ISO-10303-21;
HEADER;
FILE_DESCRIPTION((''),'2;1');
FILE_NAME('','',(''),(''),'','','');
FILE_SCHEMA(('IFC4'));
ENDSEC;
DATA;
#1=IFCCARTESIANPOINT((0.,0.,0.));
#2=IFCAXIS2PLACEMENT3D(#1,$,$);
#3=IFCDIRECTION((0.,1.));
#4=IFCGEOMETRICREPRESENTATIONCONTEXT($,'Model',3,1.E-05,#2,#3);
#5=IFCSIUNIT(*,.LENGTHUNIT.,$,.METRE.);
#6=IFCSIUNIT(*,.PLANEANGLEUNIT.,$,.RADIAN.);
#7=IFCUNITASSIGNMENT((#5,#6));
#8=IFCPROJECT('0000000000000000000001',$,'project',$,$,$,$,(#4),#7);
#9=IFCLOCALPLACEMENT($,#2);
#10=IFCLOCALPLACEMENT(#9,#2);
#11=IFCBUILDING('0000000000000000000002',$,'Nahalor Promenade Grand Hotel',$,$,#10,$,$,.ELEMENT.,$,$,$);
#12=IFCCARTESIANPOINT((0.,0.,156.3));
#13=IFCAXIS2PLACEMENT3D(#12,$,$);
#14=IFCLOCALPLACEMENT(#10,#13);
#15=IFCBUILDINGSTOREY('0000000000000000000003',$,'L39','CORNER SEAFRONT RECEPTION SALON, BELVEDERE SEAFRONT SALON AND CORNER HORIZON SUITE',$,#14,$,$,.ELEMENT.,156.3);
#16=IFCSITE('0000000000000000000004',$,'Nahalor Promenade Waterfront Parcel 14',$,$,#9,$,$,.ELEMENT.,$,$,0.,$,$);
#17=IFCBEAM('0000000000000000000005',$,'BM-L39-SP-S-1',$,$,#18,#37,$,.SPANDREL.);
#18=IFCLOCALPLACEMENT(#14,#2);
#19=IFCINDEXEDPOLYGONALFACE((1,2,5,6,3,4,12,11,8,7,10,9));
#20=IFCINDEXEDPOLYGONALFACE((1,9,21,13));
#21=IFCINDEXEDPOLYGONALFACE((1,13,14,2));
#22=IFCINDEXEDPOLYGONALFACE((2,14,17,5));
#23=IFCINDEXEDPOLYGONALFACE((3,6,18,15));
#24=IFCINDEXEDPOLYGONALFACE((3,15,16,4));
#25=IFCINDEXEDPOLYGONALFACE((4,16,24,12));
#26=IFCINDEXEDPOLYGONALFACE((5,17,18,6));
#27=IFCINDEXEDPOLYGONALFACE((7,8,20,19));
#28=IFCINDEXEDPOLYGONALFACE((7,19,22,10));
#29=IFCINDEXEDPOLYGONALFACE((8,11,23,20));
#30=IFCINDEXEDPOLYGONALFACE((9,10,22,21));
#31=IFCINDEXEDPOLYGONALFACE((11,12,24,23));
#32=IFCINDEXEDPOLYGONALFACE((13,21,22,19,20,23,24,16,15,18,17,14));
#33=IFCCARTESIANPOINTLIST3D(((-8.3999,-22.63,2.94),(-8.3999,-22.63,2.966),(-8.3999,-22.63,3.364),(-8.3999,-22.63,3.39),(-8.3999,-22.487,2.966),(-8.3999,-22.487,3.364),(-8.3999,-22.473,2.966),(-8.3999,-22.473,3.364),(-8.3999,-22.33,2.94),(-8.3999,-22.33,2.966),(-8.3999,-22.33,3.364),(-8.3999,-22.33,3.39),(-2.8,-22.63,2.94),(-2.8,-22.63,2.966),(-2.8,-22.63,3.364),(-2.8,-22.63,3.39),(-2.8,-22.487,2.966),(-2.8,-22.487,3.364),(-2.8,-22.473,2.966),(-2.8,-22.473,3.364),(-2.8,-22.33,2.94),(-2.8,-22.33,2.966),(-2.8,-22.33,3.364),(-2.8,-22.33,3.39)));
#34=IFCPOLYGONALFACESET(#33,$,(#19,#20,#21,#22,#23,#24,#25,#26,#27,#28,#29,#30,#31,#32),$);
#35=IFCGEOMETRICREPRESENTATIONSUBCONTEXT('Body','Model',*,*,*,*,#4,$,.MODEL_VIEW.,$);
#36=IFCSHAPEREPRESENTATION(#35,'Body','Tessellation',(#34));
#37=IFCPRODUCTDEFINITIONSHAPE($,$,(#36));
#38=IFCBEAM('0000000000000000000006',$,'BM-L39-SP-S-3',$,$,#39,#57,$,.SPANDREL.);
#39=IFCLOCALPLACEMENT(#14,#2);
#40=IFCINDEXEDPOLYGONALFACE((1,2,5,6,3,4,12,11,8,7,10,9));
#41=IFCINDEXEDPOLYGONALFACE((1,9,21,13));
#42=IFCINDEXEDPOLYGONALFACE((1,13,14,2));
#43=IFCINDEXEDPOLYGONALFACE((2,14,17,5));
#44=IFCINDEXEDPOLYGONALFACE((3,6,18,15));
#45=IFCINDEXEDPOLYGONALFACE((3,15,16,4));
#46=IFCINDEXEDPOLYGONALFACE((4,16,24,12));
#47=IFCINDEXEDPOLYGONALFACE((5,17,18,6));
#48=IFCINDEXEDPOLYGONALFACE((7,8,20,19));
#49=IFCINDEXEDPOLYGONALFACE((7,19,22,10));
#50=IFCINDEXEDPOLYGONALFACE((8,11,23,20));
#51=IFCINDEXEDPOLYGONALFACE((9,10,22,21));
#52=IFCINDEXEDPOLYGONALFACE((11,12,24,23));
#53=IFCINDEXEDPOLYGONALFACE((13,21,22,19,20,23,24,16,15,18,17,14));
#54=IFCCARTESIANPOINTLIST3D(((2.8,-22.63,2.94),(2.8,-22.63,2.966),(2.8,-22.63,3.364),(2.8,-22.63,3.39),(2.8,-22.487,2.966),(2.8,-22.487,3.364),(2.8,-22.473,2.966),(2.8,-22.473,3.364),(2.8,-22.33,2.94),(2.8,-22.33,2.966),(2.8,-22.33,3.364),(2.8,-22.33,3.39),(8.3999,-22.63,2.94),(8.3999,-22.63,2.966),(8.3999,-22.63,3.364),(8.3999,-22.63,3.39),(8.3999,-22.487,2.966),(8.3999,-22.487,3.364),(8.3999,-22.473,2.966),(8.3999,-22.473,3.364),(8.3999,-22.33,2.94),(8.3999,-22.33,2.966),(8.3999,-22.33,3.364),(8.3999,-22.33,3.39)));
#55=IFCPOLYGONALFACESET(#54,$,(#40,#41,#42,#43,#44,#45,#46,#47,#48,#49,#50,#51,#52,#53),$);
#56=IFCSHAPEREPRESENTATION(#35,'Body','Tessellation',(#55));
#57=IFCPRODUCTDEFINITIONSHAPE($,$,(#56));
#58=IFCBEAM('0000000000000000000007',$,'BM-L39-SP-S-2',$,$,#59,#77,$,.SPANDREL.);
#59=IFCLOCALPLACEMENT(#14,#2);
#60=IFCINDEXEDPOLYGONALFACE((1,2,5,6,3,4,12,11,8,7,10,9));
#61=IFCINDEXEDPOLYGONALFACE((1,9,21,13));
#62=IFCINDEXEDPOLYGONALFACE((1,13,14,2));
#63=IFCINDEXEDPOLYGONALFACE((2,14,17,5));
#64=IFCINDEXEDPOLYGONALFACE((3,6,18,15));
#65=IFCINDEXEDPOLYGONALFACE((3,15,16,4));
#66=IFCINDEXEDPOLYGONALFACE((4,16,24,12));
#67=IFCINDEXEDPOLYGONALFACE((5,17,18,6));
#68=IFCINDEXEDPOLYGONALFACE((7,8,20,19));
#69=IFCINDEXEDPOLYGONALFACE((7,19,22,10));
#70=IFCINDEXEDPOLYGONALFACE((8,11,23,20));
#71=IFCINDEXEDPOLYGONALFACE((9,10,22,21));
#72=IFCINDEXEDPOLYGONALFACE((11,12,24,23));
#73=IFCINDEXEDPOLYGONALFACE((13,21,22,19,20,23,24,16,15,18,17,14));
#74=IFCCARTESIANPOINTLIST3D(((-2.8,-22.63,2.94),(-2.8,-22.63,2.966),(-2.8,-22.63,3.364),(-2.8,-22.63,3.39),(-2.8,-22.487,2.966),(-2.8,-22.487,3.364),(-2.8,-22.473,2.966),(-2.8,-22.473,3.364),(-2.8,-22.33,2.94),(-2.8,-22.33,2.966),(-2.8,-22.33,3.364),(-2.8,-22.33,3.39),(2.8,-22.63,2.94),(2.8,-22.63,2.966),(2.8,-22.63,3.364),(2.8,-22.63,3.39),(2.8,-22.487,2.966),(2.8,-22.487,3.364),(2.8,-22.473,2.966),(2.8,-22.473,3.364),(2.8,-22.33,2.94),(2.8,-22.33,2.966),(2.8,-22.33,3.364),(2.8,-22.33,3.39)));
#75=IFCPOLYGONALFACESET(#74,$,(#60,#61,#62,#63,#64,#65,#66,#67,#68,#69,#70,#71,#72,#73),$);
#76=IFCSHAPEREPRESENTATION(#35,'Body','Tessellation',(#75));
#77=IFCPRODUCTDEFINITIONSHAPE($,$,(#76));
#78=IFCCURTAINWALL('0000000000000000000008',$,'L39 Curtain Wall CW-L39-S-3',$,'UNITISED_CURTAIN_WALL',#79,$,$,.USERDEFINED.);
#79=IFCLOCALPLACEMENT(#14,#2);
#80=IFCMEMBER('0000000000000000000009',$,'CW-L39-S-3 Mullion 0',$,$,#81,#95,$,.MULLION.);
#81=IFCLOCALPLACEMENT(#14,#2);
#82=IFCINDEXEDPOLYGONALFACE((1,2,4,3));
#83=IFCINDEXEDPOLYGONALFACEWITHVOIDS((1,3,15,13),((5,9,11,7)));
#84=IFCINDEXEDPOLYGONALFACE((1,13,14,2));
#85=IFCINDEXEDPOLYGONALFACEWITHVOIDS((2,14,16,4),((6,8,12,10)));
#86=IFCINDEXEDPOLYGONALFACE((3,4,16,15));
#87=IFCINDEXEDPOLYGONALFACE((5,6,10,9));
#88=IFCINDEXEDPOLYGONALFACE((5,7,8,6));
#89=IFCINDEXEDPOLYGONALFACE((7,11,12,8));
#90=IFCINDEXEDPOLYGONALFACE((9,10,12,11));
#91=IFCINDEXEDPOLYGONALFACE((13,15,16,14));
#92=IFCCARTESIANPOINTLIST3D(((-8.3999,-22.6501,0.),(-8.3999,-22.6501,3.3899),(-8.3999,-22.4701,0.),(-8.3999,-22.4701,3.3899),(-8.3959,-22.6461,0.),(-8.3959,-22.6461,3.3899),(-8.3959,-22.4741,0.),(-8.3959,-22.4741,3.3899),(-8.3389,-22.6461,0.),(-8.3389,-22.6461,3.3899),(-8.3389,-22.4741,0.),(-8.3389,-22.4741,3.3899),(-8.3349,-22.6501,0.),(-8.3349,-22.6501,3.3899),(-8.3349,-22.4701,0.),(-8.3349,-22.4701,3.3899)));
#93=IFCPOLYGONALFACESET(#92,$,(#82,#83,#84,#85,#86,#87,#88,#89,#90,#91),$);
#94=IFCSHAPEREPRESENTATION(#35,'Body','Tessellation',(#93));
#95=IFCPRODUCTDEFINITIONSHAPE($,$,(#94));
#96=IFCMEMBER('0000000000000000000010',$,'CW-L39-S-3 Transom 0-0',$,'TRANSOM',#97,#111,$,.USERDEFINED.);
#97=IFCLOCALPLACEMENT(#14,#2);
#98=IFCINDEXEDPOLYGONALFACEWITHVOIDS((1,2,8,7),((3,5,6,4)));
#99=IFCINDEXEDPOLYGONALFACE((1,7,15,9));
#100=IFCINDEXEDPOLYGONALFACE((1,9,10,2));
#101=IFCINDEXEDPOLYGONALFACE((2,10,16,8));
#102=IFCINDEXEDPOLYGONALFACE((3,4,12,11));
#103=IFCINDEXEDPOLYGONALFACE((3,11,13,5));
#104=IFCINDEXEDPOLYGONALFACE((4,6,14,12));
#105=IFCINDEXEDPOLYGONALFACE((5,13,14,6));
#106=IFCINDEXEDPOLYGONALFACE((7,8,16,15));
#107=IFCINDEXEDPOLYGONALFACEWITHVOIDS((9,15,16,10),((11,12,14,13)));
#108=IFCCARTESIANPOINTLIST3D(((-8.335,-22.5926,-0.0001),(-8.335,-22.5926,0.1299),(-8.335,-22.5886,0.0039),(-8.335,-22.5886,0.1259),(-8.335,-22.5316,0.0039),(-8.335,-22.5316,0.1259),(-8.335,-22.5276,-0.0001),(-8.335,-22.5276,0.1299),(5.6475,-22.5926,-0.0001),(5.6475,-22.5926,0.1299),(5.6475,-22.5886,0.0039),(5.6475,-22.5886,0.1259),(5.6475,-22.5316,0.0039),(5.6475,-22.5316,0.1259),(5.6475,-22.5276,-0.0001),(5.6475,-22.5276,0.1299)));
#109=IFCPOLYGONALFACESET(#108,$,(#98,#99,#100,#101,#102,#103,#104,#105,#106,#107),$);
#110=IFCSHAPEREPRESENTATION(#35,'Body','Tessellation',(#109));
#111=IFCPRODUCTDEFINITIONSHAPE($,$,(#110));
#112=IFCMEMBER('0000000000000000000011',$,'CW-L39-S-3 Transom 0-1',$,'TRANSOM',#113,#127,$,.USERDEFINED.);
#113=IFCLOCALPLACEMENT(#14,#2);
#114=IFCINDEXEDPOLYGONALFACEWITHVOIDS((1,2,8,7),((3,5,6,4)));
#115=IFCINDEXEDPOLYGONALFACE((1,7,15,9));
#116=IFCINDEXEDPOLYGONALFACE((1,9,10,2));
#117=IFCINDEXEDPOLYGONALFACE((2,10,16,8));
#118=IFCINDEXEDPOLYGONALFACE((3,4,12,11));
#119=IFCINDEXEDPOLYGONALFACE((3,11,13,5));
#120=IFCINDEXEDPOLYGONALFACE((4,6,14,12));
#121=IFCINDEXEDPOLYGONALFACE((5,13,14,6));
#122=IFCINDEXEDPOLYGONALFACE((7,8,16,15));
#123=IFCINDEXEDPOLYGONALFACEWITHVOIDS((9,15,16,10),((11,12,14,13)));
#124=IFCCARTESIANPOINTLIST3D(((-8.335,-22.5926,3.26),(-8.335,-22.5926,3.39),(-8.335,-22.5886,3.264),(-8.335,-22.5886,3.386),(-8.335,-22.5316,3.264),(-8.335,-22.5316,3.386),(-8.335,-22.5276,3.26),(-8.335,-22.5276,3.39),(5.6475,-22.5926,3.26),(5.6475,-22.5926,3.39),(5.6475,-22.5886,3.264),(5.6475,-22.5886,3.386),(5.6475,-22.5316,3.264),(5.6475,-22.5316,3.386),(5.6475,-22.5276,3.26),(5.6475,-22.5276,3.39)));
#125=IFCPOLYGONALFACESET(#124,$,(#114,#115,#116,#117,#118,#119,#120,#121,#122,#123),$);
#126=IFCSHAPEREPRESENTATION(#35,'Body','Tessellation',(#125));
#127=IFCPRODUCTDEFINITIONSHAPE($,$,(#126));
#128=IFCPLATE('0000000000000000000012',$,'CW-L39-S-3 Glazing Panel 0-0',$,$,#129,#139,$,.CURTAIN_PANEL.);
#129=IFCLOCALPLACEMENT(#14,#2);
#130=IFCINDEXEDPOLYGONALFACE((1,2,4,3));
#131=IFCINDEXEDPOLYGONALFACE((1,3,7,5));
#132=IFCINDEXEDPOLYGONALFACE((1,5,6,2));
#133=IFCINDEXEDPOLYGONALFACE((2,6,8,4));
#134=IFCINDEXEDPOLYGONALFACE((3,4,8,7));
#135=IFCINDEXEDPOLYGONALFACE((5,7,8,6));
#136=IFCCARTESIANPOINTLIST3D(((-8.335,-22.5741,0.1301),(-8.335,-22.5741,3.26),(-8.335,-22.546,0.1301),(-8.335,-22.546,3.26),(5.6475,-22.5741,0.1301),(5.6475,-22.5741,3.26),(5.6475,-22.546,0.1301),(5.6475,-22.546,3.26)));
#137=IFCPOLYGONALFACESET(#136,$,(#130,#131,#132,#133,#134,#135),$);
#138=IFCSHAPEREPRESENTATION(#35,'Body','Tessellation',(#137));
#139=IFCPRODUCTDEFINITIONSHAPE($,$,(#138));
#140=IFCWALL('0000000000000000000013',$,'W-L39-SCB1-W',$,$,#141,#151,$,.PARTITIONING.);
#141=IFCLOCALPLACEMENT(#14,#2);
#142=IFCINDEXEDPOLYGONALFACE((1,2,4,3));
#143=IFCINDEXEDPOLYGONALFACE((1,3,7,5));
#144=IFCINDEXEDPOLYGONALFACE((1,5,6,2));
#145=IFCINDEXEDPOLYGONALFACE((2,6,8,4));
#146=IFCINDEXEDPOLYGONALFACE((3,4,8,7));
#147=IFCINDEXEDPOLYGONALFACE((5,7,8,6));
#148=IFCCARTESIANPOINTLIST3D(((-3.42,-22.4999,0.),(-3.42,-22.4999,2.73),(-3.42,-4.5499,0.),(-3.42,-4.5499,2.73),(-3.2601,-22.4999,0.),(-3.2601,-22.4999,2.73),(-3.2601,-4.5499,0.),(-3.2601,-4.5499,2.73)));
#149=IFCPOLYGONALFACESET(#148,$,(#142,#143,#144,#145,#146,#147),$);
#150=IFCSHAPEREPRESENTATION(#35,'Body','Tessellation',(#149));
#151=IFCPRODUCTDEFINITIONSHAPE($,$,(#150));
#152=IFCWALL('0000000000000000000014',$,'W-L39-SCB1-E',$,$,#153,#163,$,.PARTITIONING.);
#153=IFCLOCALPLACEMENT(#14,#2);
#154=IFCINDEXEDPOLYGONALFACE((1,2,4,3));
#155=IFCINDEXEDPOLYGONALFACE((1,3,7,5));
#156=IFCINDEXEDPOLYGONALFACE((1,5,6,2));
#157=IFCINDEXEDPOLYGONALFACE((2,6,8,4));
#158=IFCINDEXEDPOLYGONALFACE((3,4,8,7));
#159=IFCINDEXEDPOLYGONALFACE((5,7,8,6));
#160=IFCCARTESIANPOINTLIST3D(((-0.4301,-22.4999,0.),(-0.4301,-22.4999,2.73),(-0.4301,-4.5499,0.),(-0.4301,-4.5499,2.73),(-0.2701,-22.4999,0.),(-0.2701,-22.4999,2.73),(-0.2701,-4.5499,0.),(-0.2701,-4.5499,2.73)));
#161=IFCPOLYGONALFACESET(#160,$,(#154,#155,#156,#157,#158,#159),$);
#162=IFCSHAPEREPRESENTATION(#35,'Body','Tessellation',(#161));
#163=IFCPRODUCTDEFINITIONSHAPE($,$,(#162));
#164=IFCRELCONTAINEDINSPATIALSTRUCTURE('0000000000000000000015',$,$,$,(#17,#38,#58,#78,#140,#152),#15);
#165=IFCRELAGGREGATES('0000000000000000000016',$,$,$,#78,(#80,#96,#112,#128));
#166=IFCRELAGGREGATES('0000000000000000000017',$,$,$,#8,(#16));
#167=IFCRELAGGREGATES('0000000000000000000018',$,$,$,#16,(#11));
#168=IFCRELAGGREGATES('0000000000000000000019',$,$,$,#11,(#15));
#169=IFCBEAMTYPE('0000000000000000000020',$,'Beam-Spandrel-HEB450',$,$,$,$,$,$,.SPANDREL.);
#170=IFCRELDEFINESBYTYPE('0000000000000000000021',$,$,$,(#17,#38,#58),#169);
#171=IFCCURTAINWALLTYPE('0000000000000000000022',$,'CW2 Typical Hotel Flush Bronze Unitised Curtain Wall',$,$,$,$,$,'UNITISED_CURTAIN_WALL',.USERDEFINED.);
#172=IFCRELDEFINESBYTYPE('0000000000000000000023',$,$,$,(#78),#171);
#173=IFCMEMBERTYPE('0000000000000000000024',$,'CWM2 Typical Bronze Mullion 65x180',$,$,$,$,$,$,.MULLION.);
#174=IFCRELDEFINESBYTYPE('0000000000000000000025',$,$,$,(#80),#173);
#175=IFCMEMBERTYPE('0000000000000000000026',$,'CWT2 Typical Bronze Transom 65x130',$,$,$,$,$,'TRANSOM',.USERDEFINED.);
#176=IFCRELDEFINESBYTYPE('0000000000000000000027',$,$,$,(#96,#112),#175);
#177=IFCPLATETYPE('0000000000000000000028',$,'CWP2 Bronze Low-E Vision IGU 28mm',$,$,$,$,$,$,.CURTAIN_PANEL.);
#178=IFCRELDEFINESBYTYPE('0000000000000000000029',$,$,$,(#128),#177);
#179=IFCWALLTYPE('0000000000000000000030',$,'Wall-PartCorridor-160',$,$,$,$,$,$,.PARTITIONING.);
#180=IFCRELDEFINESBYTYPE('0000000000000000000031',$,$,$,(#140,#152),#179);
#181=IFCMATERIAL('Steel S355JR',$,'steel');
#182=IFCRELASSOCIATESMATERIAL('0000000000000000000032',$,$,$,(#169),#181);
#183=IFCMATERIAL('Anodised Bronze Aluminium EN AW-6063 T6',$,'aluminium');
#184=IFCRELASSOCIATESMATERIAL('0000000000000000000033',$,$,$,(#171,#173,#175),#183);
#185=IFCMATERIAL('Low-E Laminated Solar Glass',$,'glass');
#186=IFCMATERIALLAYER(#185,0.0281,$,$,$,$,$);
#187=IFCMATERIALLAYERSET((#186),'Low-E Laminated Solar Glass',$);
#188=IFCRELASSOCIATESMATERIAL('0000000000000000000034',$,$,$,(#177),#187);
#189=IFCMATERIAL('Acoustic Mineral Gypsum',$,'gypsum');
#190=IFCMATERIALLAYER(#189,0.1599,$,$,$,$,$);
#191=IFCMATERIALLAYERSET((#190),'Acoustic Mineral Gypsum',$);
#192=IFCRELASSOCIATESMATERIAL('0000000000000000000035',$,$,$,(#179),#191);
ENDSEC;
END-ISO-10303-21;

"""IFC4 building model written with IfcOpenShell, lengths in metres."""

from ifc_helpers import new_model, si_unit, direction, frame, frame_2d, origin, origin_2d, place, context, subcontext, project, spatial, rectangle, hollow_rectangle, i_section, extrude, source, transform, mapped, material, layer, layer_set, material_profile, profile_set, type_object, element, aggregate, save


model = new_model("IFC4")

# Units and contexts
model_context = context("Model", 3, precision=1e-05, world=origin(), true_north=direction((0.0, 1.0)))
body_context = subcontext(model_context, "Body", "Model", "MODEL_VIEW")
ifc_project = project(units=[si_unit("LENGTHUNIT", "METRE"), si_unit("PLANEANGLEUNIT", "RADIAN")], contexts=[model_context])

# Site, building, storey
site_placement = place(None, origin())
site = spatial("IfcSite", under=ifc_project, at=site_placement, Name="Nahalor Promenade Waterfront Parcel 14", CompositionType="ELEMENT", RefElevation=0.0)
building_placement = place(site_placement, origin())
building = spatial("IfcBuilding", under=site, at=building_placement, Name="Nahalor Promenade Grand Hotel", CompositionType="ELEMENT")
storey_placement = place(building_placement, frame((0.0, 0.0, 156.3)))
storey = spatial("IfcBuildingStorey", under=building, at=storey_placement, Name="L39", Description="CORNER SEAFRONT RECEPTION SALON, BELVEDERE SEAFRONT SALON AND CORNER HORIZON SUITE", CompositionType="ELEMENT", Elevation=156.3)

# Beams
ifc_material_1 = material(Name="Steel S355JR", Category="steel")
ifc_material_profile_1 = material_profile(ifc_material_1, i_section(OverallWidth=0.3, OverallDepth=0.45, WebThickness=0.014, FlangeThickness=0.026, at=origin_2d()), Name="HEB 450")
ifc_profile_set_1 = profile_set([ifc_material_profile_1], Name="Steel S355JR")
beam_type_1 = type_object("IfcBeamType", Name="Beam-Spandrel-HEB450", PredefinedType="SPANDREL", material=ifc_profile_set_1)
shared_shape_1 = source(origin(), body_context, "Body", "SweptSolid", [
    extrude(i_section(OverallWidth=0.3, OverallDepth=0.45, WebThickness=0.014, FlangeThickness=0.026, at=origin_2d()), origin(), (0.0, 0.0, 1.0), 5.5999),
])
for number, where, z_axis, x_axis, name in (
    (1, (-8.3999, -22.48, 3.165), (1.0, 0.0, 0.0), (0.0, 1.0, 0.0), "BM-L39-SP-S-1"),
    (2, (2.8, -22.48, 3.165), (1.0, 0.0, 0.0), (0.0, 1.0, 0.0), "BM-L39-SP-S-3"),
):
    element("IfcBeam", number, at=place(storey_placement, frame(where, z_axis=z_axis, x_axis=x_axis)), inside=storey, type_object=beam_type_1, Name=name, PredefinedType="SPANDREL", context=body_context, shape_type="MappedRepresentation", body=[
        mapped(shared_shape_1, transform((0.0, 0.0, 0.0), scale=1.0)),
    ])
shared_shape_2 = source(origin(), body_context, "Body", "SweptSolid", [
    extrude(i_section(OverallWidth=0.3, OverallDepth=0.45, WebThickness=0.014, FlangeThickness=0.026, at=origin_2d()), origin(), (0.0, 0.0, 1.0), 5.6001),
])
beam_1_placement = place(storey_placement, frame((-2.8, -22.48, 3.165), z_axis=(1.0, 0.0, 0.0), x_axis=(0.0, 1.0, 0.0)))
element("IfcBeam", 3, at=beam_1_placement, inside=storey, type_object=beam_type_1, Name="BM-L39-SP-S-2", PredefinedType="SPANDREL", context=body_context, shape_type="MappedRepresentation", body=[
    mapped(shared_shape_2, transform((0.0, 0.0, 0.0), scale=1.0)),
])

# Curtain wall, members, plate
ifc_material_2 = material(Name="Anodised Bronze Aluminium EN AW-6063 T6", Category="aluminium")
curtain_wall_type = type_object("IfcCurtainWallType", Name="CW2 Typical Hotel Flush Bronze Unitised Curtain Wall", ElementType="UNITISED_CURTAIN_WALL", PredefinedType="USERDEFINED", material=ifc_material_2)
curtain_wall_placement = place(storey_placement, origin())
curtain_wall = element("IfcCurtainWall", 4, at=curtain_wall_placement, inside=storey, type_object=curtain_wall_type, Name="L39 Curtain Wall CW-L39-S-3", ObjectType="UNITISED_CURTAIN_WALL", PredefinedType="USERDEFINED")
ifc_material_profile_2 = material_profile(ifc_material_2, hollow_rectangle(XDim=0.065, YDim=0.18, WallThickness=0.004, at=origin_2d()), Name="CWM 65x180x4")
ifc_profile_set_2 = profile_set([ifc_material_profile_2], Name="Anodised Bronze Aluminium EN AW-6063 T6")
member_type_1 = type_object("IfcMemberType", Name="CWM2 Typical Bronze Mullion 65x180", PredefinedType="MULLION", material=ifc_profile_set_2)
shared_shape_3 = source(origin(), body_context, "Body", "SweptSolid", [
    extrude(hollow_rectangle(XDim=0.065, YDim=0.18, WallThickness=0.004, at=origin_2d()), origin(), (0.0, 0.0, 1.0), 3.3899),
])
member_1_placement = place(storey_placement, frame((-8.3674, -22.5601, 0.0), z_axis=(0.0, 0.0, 1.0), x_axis=(1.0, 0.0, 0.0)))
member_1 = element("IfcMember", 5, at=member_1_placement, type_object=member_type_1, Name="CW-L39-S-3 Mullion 0", PredefinedType="MULLION", context=body_context, shape_type="MappedRepresentation", body=[
    mapped(shared_shape_3, transform((0.0, 0.0, 0.0), scale=1.0)),
])
ifc_material_profile_3 = material_profile(ifc_material_2, hollow_rectangle(XDim=0.065, YDim=0.13, WallThickness=0.004, at=origin_2d()), Name="CWT 65x130x4")
ifc_profile_set_3 = profile_set([ifc_material_profile_3], Name="Anodised Bronze Aluminium EN AW-6063 T6")
member_type_2 = type_object("IfcMemberType", Name="CWT2 Typical Bronze Transom 65x130", ElementType="TRANSOM", PredefinedType="USERDEFINED", material=ifc_profile_set_3)
shared_shape_4 = source(origin(), body_context, "Body", "SweptSolid", [
    extrude(hollow_rectangle(XDim=0.065, YDim=0.13, WallThickness=0.004, at=origin_2d()), origin(), (0.0, 0.0, 1.0), 13.9824),
])
member_2_placement = place(storey_placement, frame((-8.335, -22.5601, 0.0649), z_axis=(1.0, 0.0, 0.0), x_axis=(0.0, 1.0, 0.0)))
member_2 = element("IfcMember", 6, at=member_2_placement, type_object=member_type_2, Name="CW-L39-S-3 Transom 0-0", ObjectType="TRANSOM", PredefinedType="USERDEFINED", context=body_context, shape_type="MappedRepresentation", body=[
    mapped(shared_shape_4, transform((0.0, 0.0, 0.0), scale=1.0)),
])
member_3_placement = place(storey_placement, frame((-8.335, -22.5601, 3.325), z_axis=(1.0, 0.0, 0.0), x_axis=(0.0, 1.0, 0.0)))
member_3 = element("IfcMember", 7, at=member_3_placement, type_object=member_type_2, Name="CW-L39-S-3 Transom 0-1", ObjectType="TRANSOM", PredefinedType="USERDEFINED", context=body_context, shape_type="MappedRepresentation", body=[
    mapped(shared_shape_4, transform((0.0, 0.0, 0.0), scale=1.0)),
])
ifc_material_3 = material(Name="Low-E Laminated Solar Glass", Category="glass")
ifc_layer_1 = layer(ifc_material_3, 0.0281)
ifc_layer_set_1 = layer_set([ifc_layer_1], Name="Low-E Laminated Solar Glass")
plate_type = type_object("IfcPlateType", Name="CWP2 Bronze Low-E Vision IGU 28mm", PredefinedType="CURTAIN_PANEL", material=ifc_layer_set_1)
shared_shape_5 = source(origin(), body_context, "Body", "SweptSolid", [
    extrude(rectangle(XDim=13.9824, YDim=0.0281, at=origin_2d()), origin(), (0.0, 0.0, 1.0), 3.1299),
])
plate_placement = place(storey_placement, frame((-1.3438, -22.5601, 0.1301), z_axis=(0.0, 0.0, 1.0), x_axis=(1.0, 0.0, 0.0)))
plate = element("IfcPlate", 8, at=plate_placement, type_object=plate_type, Name="CW-L39-S-3 Glazing Panel 0-0", PredefinedType="CURTAIN_PANEL", context=body_context, shape_type="MappedRepresentation", body=[
    mapped(shared_shape_5, transform((0.0, 0.0, 0.0), scale=1.0)),
])
aggregate(curtain_wall, [member_1, member_2, member_3, plate])

# Walls
ifc_material_4 = material(Name="Acoustic Mineral Gypsum", Category="gypsum")
ifc_layer_2 = layer(ifc_material_4, 0.1599)
ifc_layer_set_2 = layer_set([ifc_layer_2], Name="Acoustic Mineral Gypsum")
wall_type_1 = type_object("IfcWallType", Name="Wall-PartCorridor-160", PredefinedType="PARTITIONING", material=ifc_layer_set_2)
shared_shape_6 = source(origin(), body_context, "Body", "SweptSolid", [
    extrude(rectangle(XDim=17.95, YDim=0.1599, at=frame_2d((8.9751, 0.0))), origin(), (0.0, 0.0, 1.0), 2.73),
])
for number, where, z_axis, x_axis, name in (
    (9, (-3.3401, -22.5, 0.0), (0.0, 0.0, 1.0), (0.0, 1.0, 0.0), "W-L39-SCB1-W"),
    (10, (-0.3501, -22.5, 0.0), (0.0, 0.0, 1.0), (0.0, 1.0, 0.0), "W-L39-SCB1-E"),
):
    element("IfcWall", number, at=place(storey_placement, frame(where, z_axis=z_axis, x_axis=x_axis)), inside=storey, type_object=wall_type_1, Name=name, PredefinedType="PARTITIONING", context=body_context, shape_type="MappedRepresentation", body=[
        mapped(shared_shape_6, transform((0.0, 0.0, 0.0), scale=1.0)),
    ])

save(model, "model.ifc")
